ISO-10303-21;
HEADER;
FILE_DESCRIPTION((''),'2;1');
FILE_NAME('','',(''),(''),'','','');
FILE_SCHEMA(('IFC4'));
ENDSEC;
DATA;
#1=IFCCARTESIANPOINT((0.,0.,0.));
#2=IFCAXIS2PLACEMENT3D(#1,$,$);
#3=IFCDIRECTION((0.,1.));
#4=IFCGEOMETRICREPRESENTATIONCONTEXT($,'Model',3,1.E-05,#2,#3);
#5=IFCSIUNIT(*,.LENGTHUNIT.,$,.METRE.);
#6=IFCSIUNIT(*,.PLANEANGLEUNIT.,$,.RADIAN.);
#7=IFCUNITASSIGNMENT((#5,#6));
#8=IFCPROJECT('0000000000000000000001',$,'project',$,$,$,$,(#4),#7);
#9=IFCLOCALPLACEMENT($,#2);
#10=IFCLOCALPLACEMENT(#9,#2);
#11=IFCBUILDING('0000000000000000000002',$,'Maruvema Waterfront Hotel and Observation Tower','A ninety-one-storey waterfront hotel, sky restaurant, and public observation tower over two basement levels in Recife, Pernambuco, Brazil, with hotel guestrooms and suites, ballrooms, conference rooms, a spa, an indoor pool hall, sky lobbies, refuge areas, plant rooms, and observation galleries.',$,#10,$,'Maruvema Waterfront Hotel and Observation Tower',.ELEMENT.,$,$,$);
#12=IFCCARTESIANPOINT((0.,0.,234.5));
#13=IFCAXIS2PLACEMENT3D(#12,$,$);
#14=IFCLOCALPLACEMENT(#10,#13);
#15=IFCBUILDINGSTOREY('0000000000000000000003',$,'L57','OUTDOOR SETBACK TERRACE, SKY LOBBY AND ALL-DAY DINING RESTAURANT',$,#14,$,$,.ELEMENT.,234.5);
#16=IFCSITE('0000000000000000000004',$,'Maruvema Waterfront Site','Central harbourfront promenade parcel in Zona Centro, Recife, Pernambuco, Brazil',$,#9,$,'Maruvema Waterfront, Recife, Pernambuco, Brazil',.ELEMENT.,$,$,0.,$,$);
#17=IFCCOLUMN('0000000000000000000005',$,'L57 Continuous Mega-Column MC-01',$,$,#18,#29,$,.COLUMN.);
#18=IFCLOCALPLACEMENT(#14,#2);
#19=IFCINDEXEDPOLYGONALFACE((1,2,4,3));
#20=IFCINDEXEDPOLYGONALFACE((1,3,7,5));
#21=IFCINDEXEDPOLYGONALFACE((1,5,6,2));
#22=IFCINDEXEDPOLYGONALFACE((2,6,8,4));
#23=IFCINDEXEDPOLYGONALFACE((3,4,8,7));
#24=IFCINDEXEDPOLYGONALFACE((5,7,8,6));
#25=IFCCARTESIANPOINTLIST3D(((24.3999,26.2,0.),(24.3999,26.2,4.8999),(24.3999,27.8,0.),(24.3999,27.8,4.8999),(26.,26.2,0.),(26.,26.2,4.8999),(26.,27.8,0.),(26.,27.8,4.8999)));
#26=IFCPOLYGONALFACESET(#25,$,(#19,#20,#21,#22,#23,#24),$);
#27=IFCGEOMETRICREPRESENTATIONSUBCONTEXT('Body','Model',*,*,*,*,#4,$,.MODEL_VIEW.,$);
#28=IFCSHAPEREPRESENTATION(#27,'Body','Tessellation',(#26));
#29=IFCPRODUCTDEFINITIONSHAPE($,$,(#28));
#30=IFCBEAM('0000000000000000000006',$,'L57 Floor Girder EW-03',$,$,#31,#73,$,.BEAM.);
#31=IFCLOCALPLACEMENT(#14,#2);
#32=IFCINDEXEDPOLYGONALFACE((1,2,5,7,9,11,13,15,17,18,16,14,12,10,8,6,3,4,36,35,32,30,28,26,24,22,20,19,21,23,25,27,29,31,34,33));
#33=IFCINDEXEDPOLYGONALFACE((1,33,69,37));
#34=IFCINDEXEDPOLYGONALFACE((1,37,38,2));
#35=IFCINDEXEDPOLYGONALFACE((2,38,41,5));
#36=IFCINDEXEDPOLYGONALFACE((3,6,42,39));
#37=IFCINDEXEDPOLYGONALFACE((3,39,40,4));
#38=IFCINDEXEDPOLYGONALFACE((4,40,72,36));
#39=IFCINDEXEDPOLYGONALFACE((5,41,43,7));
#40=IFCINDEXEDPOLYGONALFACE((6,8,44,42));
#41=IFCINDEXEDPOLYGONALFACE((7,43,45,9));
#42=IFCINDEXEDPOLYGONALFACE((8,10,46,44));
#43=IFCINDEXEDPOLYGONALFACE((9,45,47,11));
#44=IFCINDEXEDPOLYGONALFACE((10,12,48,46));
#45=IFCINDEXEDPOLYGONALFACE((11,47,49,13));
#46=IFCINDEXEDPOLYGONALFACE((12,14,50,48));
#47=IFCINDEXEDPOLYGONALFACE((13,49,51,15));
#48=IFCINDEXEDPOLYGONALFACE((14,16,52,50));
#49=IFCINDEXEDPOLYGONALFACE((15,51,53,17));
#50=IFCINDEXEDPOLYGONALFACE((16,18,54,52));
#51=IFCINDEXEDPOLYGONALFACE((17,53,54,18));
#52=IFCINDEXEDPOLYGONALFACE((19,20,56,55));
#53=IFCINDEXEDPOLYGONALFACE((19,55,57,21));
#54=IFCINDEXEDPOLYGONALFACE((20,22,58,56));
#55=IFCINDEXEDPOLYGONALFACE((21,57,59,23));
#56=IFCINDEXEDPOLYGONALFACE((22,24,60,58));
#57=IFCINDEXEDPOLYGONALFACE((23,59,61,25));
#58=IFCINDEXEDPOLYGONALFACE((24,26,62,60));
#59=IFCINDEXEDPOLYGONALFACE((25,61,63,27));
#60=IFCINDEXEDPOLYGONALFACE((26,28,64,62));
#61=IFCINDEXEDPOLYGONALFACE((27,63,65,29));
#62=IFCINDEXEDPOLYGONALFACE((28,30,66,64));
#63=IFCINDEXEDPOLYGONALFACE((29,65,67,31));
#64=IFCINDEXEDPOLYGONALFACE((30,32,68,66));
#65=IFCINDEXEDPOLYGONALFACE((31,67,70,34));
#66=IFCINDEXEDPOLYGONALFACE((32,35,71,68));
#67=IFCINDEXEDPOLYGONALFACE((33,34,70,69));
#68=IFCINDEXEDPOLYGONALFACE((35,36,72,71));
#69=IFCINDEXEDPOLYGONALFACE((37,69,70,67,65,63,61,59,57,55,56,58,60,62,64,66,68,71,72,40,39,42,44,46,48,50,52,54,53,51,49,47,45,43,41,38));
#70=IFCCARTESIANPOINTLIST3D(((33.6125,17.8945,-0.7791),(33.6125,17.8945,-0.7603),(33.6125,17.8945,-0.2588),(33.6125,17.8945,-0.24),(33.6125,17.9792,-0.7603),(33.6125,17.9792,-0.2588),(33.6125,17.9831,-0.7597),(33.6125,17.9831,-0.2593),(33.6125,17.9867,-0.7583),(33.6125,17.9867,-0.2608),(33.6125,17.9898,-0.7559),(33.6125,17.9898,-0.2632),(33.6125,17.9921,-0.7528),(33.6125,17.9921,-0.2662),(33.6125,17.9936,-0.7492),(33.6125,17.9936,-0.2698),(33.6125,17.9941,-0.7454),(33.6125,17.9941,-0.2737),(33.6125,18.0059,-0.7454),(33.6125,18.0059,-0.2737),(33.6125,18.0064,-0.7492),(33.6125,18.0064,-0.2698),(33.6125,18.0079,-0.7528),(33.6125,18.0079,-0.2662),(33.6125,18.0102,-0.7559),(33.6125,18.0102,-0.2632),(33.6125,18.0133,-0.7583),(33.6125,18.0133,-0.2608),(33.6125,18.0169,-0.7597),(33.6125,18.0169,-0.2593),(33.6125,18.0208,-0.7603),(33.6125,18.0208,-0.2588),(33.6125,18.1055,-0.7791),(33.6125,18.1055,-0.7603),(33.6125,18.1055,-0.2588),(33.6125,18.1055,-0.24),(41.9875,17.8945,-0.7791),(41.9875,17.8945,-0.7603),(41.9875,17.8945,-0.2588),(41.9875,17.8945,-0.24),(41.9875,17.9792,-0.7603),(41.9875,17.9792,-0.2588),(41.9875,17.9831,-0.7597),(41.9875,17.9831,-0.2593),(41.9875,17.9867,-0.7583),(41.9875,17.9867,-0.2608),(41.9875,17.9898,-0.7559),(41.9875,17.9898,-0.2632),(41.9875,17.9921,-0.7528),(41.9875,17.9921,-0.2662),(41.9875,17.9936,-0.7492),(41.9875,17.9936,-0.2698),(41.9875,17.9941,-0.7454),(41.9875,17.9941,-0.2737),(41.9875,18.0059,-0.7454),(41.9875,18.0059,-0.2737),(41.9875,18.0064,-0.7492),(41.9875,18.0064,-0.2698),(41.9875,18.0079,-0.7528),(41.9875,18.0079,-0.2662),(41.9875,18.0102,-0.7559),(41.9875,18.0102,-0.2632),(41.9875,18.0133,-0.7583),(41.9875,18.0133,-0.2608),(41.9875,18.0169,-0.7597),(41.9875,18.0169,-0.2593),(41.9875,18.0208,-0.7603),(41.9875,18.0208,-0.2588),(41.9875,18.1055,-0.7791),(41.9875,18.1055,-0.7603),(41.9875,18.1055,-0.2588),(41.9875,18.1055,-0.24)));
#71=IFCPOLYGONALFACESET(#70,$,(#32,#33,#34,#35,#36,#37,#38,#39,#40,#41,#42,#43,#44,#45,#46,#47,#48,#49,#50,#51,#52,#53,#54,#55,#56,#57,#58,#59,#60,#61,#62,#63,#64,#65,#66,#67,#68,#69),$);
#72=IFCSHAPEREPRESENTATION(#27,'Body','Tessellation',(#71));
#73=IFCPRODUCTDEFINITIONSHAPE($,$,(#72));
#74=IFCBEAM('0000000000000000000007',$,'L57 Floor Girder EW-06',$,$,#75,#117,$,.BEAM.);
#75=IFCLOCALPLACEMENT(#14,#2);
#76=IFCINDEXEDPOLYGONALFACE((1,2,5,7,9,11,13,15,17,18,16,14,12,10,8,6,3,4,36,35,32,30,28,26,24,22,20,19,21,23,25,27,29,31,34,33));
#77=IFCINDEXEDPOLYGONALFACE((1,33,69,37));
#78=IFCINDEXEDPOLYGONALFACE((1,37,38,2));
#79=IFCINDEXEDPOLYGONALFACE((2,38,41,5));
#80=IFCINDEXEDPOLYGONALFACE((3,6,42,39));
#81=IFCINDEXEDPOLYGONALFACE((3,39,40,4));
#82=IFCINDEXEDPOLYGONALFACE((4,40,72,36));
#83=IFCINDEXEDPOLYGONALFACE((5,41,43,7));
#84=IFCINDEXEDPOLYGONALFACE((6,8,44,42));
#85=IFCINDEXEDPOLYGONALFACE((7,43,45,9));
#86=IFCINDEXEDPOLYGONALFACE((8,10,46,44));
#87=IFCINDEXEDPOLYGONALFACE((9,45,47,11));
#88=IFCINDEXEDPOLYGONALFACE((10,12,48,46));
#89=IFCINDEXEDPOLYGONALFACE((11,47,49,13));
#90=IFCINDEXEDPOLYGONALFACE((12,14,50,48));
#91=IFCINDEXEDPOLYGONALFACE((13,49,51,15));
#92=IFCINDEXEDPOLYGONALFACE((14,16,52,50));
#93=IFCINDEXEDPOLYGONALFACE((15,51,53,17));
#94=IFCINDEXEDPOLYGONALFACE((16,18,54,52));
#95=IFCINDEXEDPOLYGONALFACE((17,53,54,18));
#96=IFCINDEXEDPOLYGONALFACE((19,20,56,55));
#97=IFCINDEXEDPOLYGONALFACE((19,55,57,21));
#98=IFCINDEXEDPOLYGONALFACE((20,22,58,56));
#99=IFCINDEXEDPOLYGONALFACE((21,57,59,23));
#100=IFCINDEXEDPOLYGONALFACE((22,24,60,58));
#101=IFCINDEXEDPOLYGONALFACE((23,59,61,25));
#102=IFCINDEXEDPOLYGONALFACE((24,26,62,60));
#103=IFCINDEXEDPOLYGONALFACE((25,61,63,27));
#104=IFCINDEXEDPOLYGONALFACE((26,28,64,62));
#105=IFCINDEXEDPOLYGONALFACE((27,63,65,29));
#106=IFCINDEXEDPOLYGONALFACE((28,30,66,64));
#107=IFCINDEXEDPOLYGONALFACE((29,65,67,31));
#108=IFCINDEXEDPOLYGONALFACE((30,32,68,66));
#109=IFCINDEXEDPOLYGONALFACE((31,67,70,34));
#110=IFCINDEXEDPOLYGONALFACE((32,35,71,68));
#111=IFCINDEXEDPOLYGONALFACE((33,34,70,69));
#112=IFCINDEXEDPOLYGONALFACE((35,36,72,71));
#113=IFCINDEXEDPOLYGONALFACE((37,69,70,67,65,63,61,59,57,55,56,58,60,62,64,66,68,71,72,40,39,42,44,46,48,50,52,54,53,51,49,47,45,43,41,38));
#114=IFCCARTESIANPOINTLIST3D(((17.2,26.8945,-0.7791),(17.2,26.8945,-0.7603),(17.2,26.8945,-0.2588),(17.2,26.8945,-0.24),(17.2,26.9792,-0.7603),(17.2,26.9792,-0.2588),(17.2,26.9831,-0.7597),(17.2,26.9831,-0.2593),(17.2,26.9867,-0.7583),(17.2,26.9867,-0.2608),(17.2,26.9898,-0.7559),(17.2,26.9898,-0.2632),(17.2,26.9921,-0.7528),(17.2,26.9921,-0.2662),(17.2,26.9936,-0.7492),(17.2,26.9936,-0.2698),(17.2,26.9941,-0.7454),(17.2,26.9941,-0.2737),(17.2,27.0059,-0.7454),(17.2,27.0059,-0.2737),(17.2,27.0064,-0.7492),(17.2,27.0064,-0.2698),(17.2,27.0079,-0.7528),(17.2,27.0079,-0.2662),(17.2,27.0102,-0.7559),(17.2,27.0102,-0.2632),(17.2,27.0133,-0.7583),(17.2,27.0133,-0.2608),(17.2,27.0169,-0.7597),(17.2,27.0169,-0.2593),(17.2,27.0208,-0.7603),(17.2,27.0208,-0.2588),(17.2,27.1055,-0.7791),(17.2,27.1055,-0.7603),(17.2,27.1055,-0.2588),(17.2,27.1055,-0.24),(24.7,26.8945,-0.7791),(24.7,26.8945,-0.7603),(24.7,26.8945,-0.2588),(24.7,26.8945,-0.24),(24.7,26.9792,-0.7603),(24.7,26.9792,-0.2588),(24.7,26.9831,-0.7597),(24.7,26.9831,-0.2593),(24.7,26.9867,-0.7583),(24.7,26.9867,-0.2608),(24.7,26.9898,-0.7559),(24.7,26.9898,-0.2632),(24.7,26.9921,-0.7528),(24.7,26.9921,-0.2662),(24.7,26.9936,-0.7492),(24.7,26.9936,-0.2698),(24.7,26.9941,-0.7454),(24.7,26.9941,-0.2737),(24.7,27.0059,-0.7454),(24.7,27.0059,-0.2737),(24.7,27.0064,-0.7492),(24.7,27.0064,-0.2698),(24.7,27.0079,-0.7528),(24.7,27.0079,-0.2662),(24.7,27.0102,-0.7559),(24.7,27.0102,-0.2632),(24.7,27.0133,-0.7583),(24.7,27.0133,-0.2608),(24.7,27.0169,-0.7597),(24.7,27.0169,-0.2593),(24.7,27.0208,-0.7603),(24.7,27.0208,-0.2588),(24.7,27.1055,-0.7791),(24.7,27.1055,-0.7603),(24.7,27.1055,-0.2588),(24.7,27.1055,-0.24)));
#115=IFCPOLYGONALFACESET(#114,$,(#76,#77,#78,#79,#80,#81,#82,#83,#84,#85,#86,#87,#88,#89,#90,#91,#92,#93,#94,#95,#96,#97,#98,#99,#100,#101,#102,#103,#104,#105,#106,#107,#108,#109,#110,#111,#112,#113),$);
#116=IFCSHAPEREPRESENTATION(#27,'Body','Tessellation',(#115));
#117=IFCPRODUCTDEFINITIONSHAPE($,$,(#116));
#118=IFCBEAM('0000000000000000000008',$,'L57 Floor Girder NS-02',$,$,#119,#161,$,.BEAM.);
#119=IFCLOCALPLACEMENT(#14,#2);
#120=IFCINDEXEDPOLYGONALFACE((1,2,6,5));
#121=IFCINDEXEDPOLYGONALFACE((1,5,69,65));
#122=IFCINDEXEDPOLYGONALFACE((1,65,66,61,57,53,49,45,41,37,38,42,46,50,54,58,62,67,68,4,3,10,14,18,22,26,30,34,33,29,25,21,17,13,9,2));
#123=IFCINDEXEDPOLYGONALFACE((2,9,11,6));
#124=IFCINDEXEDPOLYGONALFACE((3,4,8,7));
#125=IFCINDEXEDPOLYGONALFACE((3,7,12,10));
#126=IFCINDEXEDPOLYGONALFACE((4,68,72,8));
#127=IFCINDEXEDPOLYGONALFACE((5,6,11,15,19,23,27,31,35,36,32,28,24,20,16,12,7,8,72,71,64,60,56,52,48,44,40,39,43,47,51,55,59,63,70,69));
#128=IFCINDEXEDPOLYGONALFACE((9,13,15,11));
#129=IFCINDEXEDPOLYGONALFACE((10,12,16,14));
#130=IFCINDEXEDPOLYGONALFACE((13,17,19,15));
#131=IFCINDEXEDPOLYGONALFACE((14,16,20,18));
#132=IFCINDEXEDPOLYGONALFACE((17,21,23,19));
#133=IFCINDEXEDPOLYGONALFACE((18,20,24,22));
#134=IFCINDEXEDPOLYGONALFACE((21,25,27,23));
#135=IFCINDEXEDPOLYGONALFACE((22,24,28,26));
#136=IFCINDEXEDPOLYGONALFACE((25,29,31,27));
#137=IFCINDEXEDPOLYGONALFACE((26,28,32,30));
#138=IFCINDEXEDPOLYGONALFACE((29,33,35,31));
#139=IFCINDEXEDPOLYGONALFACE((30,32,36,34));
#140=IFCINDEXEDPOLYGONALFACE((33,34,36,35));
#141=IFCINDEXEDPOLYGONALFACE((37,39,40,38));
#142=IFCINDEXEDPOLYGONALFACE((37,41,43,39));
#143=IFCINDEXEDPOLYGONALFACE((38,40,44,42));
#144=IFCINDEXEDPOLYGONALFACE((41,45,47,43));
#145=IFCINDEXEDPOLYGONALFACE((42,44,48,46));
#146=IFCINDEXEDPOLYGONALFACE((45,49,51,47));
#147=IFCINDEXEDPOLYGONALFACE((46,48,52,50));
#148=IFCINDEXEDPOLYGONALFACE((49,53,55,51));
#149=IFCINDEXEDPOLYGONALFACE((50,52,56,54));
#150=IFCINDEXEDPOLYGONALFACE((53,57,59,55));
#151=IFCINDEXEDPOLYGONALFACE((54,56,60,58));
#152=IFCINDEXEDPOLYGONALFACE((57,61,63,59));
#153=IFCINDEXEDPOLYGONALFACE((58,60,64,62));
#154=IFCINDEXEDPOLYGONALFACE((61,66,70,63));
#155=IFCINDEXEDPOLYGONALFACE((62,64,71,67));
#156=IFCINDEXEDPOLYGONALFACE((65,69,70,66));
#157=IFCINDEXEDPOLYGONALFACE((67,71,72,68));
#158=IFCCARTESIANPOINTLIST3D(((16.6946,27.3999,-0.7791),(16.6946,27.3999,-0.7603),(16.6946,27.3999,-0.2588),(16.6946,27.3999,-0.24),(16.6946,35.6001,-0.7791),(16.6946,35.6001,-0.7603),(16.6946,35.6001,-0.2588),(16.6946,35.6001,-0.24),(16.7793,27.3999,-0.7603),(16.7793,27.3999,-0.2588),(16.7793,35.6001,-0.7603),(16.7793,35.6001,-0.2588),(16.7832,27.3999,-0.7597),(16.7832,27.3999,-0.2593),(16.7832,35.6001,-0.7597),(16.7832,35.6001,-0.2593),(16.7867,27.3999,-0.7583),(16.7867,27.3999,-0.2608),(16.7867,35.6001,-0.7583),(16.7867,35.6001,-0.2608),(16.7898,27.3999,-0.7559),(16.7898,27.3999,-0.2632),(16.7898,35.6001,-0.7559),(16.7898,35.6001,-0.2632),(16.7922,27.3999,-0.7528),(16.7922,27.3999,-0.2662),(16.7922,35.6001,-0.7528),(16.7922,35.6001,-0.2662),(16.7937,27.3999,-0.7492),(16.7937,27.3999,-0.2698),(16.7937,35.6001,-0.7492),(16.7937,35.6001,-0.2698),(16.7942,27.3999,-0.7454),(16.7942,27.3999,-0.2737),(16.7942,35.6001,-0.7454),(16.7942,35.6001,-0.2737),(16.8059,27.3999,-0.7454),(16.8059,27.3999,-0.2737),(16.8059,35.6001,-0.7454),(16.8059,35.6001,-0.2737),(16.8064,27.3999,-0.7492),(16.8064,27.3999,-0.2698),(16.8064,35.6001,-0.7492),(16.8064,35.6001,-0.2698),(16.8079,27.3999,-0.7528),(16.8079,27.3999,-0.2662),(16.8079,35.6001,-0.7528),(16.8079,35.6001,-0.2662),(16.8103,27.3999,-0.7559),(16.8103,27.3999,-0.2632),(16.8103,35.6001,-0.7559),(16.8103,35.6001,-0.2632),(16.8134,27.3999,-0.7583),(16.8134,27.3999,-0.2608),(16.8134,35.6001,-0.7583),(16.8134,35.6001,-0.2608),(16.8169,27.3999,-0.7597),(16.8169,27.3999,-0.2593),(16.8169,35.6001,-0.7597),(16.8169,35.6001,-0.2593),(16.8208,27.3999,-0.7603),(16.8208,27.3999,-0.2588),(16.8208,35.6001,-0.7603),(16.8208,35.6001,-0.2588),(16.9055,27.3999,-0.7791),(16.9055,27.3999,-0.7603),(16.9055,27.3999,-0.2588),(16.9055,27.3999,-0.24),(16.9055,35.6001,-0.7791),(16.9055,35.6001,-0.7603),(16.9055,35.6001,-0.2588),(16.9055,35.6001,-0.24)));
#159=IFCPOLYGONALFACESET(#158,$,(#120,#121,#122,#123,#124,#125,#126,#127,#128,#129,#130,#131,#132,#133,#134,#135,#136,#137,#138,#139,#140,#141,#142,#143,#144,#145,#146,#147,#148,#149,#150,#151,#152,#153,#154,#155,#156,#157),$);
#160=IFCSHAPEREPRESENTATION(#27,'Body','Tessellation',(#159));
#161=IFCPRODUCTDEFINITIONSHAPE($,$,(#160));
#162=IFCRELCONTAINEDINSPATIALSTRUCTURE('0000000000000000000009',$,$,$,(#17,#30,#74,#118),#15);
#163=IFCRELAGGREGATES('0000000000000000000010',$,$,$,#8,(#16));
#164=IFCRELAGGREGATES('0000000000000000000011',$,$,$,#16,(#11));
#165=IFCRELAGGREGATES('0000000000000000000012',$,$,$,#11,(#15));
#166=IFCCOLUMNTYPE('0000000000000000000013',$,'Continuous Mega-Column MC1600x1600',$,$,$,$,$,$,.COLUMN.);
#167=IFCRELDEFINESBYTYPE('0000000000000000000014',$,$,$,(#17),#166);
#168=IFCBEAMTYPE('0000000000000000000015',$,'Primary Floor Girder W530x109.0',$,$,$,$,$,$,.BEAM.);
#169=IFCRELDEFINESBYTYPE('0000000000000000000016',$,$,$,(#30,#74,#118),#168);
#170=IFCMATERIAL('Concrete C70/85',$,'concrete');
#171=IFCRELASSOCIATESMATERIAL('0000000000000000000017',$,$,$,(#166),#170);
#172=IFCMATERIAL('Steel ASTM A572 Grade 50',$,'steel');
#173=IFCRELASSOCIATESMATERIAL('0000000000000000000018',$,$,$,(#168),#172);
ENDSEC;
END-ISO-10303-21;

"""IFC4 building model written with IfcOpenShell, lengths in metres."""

from ifc_helpers import new_model, si_unit, direction, frame, origin, origin_2d, place, context, subcontext, project, spatial, rectangle, i_section, extrude, material, material_profile, profile_set, type_object, element, save


model = new_model("IFC4")

# Units and contexts
model_context = context("Model", 3, precision=1e-05, world=origin(), true_north=direction((0.0, 1.0)))
body_context = subcontext(model_context, "Body", "Model", "MODEL_VIEW")
ifc_project = project(units=[si_unit("LENGTHUNIT", "METRE"), si_unit("PLANEANGLEUNIT", "RADIAN")], contexts=[model_context])

# Site, building, storey
site_placement = place(None, origin())
site = spatial("IfcSite", under=ifc_project, at=site_placement, Name="Maruvema Waterfront Site", Description="Central harbourfront promenade parcel in Zona Centro, Recife, Pernambuco, Brazil", LongName="Maruvema Waterfront, Recife, Pernambuco, Brazil", CompositionType="ELEMENT", RefElevation=0.0)
building_placement = place(site_placement, origin())
building = spatial("IfcBuilding", under=site, at=building_placement, Name="Maruvema Waterfront Hotel and Observation Tower", Description="A ninety-one-storey waterfront hotel, sky restaurant, and public observation tower over two basement levels in Recife, Pernambuco, Brazil, with hotel guestrooms and suites, ballrooms, conference rooms, a spa, an indoor pool hall, sky lobbies, refuge areas, plant rooms, and observation galleries.", LongName="Maruvema Waterfront Hotel and Observation Tower", CompositionType="ELEMENT")
storey_placement = place(building_placement, frame((0.0, 0.0, 234.5)))
storey = spatial("IfcBuildingStorey", under=building, at=storey_placement, Name="L57", Description="OUTDOOR SETBACK TERRACE, SKY LOBBY AND ALL-DAY DINING RESTAURANT", CompositionType="ELEMENT", Elevation=234.5)

# Column
ifc_material_1 = material(Name="Concrete C70/85", Category="concrete")
ifc_material_profile_1 = material_profile(ifc_material_1, rectangle(XDim=1.6001, YDim=1.6001, at=origin_2d()), Name="MC1600x1600")
ifc_profile_set_1 = profile_set([ifc_material_profile_1], Name="Concrete C70/85")
column_type = type_object("IfcColumnType", Name="Continuous Mega-Column MC1600x1600", PredefinedType="COLUMN", material=ifc_profile_set_1)
column_placement = place(storey_placement, frame((25.2, 27.0, 0.0), z_axis=(0.0, 0.0, 1.0), x_axis=(1.0, 0.0, 0.0)))
element("IfcColumn", 1, at=column_placement, inside=storey, type_object=column_type, Name="L57 Continuous Mega-Column MC-01", PredefinedType="COLUMN", context=body_context, shape_type="SweptSolid", body=[
    extrude(rectangle(XDim=1.6001, YDim=1.6001, at=origin_2d()), origin(), (0.0, 0.0, 1.0), 4.8999),
])

# Beams
ifc_material_2 = material(Name="Steel ASTM A572 Grade 50", Category="steel")
ifc_material_profile_2 = material_profile(ifc_material_2, i_section(OverallWidth=0.2109, OverallDepth=0.5391, WebThickness=0.0117, FlangeThickness=0.0188, FilletRadius=0.0149, at=origin_2d()), Name="W530x109.0")
ifc_profile_set_2 = profile_set([ifc_material_profile_2], Name="Steel ASTM A572 Grade 50")
beam_type_1 = type_object("IfcBeamType", Name="Primary Floor Girder W530x109.0", PredefinedType="BEAM", material=ifc_profile_set_2)
beam_1_placement = place(storey_placement, frame((33.6125, 18.0, -0.5095), z_axis=(1.0, 0.0, 0.0), x_axis=(0.0, 1.0, 0.0)))
element("IfcBeam", 2, at=beam_1_placement, inside=storey, type_object=beam_type_1, Name="L57 Floor Girder EW-03", PredefinedType="BEAM", context=body_context, shape_type="SweptSolid", body=[
    extrude(i_section(OverallWidth=0.2109, OverallDepth=0.5391, WebThickness=0.0117, FlangeThickness=0.0188, FilletRadius=0.0149, at=origin_2d()), origin(), (0.0, 0.0, 1.0), 8.375),
])
beam_2_placement = place(storey_placement, frame((17.2, 27.0, -0.5095), z_axis=(1.0, 0.0, 0.0), x_axis=(0.0, 1.0, 0.0)))
element("IfcBeam", 3, at=beam_2_placement, inside=storey, type_object=beam_type_1, Name="L57 Floor Girder EW-06", PredefinedType="BEAM", context=body_context, shape_type="SweptSolid", body=[
    extrude(i_section(OverallWidth=0.2109, OverallDepth=0.5391, WebThickness=0.0117, FlangeThickness=0.0188, FilletRadius=0.0149, at=origin_2d()), origin(), (0.0, 0.0, 1.0), 7.5),
])
beam_3_placement = place(storey_placement, frame((16.8, 27.3999, -0.5095), z_axis=(0.0, 1.0, 0.0), x_axis=(-1.0, 0.0, 0.0)))
element("IfcBeam", 4, at=beam_3_placement, inside=storey, type_object=beam_type_1, Name="L57 Floor Girder NS-02", PredefinedType="BEAM", context=body_context, shape_type="SweptSolid", body=[
    extrude(i_section(OverallWidth=0.2109, OverallDepth=0.5391, WebThickness=0.0117, FlangeThickness=0.0188, FilletRadius=0.0149, at=origin_2d()), origin(), (0.0, 0.0, 1.0), 8.2002),
])

save(model, "model.ifc")
